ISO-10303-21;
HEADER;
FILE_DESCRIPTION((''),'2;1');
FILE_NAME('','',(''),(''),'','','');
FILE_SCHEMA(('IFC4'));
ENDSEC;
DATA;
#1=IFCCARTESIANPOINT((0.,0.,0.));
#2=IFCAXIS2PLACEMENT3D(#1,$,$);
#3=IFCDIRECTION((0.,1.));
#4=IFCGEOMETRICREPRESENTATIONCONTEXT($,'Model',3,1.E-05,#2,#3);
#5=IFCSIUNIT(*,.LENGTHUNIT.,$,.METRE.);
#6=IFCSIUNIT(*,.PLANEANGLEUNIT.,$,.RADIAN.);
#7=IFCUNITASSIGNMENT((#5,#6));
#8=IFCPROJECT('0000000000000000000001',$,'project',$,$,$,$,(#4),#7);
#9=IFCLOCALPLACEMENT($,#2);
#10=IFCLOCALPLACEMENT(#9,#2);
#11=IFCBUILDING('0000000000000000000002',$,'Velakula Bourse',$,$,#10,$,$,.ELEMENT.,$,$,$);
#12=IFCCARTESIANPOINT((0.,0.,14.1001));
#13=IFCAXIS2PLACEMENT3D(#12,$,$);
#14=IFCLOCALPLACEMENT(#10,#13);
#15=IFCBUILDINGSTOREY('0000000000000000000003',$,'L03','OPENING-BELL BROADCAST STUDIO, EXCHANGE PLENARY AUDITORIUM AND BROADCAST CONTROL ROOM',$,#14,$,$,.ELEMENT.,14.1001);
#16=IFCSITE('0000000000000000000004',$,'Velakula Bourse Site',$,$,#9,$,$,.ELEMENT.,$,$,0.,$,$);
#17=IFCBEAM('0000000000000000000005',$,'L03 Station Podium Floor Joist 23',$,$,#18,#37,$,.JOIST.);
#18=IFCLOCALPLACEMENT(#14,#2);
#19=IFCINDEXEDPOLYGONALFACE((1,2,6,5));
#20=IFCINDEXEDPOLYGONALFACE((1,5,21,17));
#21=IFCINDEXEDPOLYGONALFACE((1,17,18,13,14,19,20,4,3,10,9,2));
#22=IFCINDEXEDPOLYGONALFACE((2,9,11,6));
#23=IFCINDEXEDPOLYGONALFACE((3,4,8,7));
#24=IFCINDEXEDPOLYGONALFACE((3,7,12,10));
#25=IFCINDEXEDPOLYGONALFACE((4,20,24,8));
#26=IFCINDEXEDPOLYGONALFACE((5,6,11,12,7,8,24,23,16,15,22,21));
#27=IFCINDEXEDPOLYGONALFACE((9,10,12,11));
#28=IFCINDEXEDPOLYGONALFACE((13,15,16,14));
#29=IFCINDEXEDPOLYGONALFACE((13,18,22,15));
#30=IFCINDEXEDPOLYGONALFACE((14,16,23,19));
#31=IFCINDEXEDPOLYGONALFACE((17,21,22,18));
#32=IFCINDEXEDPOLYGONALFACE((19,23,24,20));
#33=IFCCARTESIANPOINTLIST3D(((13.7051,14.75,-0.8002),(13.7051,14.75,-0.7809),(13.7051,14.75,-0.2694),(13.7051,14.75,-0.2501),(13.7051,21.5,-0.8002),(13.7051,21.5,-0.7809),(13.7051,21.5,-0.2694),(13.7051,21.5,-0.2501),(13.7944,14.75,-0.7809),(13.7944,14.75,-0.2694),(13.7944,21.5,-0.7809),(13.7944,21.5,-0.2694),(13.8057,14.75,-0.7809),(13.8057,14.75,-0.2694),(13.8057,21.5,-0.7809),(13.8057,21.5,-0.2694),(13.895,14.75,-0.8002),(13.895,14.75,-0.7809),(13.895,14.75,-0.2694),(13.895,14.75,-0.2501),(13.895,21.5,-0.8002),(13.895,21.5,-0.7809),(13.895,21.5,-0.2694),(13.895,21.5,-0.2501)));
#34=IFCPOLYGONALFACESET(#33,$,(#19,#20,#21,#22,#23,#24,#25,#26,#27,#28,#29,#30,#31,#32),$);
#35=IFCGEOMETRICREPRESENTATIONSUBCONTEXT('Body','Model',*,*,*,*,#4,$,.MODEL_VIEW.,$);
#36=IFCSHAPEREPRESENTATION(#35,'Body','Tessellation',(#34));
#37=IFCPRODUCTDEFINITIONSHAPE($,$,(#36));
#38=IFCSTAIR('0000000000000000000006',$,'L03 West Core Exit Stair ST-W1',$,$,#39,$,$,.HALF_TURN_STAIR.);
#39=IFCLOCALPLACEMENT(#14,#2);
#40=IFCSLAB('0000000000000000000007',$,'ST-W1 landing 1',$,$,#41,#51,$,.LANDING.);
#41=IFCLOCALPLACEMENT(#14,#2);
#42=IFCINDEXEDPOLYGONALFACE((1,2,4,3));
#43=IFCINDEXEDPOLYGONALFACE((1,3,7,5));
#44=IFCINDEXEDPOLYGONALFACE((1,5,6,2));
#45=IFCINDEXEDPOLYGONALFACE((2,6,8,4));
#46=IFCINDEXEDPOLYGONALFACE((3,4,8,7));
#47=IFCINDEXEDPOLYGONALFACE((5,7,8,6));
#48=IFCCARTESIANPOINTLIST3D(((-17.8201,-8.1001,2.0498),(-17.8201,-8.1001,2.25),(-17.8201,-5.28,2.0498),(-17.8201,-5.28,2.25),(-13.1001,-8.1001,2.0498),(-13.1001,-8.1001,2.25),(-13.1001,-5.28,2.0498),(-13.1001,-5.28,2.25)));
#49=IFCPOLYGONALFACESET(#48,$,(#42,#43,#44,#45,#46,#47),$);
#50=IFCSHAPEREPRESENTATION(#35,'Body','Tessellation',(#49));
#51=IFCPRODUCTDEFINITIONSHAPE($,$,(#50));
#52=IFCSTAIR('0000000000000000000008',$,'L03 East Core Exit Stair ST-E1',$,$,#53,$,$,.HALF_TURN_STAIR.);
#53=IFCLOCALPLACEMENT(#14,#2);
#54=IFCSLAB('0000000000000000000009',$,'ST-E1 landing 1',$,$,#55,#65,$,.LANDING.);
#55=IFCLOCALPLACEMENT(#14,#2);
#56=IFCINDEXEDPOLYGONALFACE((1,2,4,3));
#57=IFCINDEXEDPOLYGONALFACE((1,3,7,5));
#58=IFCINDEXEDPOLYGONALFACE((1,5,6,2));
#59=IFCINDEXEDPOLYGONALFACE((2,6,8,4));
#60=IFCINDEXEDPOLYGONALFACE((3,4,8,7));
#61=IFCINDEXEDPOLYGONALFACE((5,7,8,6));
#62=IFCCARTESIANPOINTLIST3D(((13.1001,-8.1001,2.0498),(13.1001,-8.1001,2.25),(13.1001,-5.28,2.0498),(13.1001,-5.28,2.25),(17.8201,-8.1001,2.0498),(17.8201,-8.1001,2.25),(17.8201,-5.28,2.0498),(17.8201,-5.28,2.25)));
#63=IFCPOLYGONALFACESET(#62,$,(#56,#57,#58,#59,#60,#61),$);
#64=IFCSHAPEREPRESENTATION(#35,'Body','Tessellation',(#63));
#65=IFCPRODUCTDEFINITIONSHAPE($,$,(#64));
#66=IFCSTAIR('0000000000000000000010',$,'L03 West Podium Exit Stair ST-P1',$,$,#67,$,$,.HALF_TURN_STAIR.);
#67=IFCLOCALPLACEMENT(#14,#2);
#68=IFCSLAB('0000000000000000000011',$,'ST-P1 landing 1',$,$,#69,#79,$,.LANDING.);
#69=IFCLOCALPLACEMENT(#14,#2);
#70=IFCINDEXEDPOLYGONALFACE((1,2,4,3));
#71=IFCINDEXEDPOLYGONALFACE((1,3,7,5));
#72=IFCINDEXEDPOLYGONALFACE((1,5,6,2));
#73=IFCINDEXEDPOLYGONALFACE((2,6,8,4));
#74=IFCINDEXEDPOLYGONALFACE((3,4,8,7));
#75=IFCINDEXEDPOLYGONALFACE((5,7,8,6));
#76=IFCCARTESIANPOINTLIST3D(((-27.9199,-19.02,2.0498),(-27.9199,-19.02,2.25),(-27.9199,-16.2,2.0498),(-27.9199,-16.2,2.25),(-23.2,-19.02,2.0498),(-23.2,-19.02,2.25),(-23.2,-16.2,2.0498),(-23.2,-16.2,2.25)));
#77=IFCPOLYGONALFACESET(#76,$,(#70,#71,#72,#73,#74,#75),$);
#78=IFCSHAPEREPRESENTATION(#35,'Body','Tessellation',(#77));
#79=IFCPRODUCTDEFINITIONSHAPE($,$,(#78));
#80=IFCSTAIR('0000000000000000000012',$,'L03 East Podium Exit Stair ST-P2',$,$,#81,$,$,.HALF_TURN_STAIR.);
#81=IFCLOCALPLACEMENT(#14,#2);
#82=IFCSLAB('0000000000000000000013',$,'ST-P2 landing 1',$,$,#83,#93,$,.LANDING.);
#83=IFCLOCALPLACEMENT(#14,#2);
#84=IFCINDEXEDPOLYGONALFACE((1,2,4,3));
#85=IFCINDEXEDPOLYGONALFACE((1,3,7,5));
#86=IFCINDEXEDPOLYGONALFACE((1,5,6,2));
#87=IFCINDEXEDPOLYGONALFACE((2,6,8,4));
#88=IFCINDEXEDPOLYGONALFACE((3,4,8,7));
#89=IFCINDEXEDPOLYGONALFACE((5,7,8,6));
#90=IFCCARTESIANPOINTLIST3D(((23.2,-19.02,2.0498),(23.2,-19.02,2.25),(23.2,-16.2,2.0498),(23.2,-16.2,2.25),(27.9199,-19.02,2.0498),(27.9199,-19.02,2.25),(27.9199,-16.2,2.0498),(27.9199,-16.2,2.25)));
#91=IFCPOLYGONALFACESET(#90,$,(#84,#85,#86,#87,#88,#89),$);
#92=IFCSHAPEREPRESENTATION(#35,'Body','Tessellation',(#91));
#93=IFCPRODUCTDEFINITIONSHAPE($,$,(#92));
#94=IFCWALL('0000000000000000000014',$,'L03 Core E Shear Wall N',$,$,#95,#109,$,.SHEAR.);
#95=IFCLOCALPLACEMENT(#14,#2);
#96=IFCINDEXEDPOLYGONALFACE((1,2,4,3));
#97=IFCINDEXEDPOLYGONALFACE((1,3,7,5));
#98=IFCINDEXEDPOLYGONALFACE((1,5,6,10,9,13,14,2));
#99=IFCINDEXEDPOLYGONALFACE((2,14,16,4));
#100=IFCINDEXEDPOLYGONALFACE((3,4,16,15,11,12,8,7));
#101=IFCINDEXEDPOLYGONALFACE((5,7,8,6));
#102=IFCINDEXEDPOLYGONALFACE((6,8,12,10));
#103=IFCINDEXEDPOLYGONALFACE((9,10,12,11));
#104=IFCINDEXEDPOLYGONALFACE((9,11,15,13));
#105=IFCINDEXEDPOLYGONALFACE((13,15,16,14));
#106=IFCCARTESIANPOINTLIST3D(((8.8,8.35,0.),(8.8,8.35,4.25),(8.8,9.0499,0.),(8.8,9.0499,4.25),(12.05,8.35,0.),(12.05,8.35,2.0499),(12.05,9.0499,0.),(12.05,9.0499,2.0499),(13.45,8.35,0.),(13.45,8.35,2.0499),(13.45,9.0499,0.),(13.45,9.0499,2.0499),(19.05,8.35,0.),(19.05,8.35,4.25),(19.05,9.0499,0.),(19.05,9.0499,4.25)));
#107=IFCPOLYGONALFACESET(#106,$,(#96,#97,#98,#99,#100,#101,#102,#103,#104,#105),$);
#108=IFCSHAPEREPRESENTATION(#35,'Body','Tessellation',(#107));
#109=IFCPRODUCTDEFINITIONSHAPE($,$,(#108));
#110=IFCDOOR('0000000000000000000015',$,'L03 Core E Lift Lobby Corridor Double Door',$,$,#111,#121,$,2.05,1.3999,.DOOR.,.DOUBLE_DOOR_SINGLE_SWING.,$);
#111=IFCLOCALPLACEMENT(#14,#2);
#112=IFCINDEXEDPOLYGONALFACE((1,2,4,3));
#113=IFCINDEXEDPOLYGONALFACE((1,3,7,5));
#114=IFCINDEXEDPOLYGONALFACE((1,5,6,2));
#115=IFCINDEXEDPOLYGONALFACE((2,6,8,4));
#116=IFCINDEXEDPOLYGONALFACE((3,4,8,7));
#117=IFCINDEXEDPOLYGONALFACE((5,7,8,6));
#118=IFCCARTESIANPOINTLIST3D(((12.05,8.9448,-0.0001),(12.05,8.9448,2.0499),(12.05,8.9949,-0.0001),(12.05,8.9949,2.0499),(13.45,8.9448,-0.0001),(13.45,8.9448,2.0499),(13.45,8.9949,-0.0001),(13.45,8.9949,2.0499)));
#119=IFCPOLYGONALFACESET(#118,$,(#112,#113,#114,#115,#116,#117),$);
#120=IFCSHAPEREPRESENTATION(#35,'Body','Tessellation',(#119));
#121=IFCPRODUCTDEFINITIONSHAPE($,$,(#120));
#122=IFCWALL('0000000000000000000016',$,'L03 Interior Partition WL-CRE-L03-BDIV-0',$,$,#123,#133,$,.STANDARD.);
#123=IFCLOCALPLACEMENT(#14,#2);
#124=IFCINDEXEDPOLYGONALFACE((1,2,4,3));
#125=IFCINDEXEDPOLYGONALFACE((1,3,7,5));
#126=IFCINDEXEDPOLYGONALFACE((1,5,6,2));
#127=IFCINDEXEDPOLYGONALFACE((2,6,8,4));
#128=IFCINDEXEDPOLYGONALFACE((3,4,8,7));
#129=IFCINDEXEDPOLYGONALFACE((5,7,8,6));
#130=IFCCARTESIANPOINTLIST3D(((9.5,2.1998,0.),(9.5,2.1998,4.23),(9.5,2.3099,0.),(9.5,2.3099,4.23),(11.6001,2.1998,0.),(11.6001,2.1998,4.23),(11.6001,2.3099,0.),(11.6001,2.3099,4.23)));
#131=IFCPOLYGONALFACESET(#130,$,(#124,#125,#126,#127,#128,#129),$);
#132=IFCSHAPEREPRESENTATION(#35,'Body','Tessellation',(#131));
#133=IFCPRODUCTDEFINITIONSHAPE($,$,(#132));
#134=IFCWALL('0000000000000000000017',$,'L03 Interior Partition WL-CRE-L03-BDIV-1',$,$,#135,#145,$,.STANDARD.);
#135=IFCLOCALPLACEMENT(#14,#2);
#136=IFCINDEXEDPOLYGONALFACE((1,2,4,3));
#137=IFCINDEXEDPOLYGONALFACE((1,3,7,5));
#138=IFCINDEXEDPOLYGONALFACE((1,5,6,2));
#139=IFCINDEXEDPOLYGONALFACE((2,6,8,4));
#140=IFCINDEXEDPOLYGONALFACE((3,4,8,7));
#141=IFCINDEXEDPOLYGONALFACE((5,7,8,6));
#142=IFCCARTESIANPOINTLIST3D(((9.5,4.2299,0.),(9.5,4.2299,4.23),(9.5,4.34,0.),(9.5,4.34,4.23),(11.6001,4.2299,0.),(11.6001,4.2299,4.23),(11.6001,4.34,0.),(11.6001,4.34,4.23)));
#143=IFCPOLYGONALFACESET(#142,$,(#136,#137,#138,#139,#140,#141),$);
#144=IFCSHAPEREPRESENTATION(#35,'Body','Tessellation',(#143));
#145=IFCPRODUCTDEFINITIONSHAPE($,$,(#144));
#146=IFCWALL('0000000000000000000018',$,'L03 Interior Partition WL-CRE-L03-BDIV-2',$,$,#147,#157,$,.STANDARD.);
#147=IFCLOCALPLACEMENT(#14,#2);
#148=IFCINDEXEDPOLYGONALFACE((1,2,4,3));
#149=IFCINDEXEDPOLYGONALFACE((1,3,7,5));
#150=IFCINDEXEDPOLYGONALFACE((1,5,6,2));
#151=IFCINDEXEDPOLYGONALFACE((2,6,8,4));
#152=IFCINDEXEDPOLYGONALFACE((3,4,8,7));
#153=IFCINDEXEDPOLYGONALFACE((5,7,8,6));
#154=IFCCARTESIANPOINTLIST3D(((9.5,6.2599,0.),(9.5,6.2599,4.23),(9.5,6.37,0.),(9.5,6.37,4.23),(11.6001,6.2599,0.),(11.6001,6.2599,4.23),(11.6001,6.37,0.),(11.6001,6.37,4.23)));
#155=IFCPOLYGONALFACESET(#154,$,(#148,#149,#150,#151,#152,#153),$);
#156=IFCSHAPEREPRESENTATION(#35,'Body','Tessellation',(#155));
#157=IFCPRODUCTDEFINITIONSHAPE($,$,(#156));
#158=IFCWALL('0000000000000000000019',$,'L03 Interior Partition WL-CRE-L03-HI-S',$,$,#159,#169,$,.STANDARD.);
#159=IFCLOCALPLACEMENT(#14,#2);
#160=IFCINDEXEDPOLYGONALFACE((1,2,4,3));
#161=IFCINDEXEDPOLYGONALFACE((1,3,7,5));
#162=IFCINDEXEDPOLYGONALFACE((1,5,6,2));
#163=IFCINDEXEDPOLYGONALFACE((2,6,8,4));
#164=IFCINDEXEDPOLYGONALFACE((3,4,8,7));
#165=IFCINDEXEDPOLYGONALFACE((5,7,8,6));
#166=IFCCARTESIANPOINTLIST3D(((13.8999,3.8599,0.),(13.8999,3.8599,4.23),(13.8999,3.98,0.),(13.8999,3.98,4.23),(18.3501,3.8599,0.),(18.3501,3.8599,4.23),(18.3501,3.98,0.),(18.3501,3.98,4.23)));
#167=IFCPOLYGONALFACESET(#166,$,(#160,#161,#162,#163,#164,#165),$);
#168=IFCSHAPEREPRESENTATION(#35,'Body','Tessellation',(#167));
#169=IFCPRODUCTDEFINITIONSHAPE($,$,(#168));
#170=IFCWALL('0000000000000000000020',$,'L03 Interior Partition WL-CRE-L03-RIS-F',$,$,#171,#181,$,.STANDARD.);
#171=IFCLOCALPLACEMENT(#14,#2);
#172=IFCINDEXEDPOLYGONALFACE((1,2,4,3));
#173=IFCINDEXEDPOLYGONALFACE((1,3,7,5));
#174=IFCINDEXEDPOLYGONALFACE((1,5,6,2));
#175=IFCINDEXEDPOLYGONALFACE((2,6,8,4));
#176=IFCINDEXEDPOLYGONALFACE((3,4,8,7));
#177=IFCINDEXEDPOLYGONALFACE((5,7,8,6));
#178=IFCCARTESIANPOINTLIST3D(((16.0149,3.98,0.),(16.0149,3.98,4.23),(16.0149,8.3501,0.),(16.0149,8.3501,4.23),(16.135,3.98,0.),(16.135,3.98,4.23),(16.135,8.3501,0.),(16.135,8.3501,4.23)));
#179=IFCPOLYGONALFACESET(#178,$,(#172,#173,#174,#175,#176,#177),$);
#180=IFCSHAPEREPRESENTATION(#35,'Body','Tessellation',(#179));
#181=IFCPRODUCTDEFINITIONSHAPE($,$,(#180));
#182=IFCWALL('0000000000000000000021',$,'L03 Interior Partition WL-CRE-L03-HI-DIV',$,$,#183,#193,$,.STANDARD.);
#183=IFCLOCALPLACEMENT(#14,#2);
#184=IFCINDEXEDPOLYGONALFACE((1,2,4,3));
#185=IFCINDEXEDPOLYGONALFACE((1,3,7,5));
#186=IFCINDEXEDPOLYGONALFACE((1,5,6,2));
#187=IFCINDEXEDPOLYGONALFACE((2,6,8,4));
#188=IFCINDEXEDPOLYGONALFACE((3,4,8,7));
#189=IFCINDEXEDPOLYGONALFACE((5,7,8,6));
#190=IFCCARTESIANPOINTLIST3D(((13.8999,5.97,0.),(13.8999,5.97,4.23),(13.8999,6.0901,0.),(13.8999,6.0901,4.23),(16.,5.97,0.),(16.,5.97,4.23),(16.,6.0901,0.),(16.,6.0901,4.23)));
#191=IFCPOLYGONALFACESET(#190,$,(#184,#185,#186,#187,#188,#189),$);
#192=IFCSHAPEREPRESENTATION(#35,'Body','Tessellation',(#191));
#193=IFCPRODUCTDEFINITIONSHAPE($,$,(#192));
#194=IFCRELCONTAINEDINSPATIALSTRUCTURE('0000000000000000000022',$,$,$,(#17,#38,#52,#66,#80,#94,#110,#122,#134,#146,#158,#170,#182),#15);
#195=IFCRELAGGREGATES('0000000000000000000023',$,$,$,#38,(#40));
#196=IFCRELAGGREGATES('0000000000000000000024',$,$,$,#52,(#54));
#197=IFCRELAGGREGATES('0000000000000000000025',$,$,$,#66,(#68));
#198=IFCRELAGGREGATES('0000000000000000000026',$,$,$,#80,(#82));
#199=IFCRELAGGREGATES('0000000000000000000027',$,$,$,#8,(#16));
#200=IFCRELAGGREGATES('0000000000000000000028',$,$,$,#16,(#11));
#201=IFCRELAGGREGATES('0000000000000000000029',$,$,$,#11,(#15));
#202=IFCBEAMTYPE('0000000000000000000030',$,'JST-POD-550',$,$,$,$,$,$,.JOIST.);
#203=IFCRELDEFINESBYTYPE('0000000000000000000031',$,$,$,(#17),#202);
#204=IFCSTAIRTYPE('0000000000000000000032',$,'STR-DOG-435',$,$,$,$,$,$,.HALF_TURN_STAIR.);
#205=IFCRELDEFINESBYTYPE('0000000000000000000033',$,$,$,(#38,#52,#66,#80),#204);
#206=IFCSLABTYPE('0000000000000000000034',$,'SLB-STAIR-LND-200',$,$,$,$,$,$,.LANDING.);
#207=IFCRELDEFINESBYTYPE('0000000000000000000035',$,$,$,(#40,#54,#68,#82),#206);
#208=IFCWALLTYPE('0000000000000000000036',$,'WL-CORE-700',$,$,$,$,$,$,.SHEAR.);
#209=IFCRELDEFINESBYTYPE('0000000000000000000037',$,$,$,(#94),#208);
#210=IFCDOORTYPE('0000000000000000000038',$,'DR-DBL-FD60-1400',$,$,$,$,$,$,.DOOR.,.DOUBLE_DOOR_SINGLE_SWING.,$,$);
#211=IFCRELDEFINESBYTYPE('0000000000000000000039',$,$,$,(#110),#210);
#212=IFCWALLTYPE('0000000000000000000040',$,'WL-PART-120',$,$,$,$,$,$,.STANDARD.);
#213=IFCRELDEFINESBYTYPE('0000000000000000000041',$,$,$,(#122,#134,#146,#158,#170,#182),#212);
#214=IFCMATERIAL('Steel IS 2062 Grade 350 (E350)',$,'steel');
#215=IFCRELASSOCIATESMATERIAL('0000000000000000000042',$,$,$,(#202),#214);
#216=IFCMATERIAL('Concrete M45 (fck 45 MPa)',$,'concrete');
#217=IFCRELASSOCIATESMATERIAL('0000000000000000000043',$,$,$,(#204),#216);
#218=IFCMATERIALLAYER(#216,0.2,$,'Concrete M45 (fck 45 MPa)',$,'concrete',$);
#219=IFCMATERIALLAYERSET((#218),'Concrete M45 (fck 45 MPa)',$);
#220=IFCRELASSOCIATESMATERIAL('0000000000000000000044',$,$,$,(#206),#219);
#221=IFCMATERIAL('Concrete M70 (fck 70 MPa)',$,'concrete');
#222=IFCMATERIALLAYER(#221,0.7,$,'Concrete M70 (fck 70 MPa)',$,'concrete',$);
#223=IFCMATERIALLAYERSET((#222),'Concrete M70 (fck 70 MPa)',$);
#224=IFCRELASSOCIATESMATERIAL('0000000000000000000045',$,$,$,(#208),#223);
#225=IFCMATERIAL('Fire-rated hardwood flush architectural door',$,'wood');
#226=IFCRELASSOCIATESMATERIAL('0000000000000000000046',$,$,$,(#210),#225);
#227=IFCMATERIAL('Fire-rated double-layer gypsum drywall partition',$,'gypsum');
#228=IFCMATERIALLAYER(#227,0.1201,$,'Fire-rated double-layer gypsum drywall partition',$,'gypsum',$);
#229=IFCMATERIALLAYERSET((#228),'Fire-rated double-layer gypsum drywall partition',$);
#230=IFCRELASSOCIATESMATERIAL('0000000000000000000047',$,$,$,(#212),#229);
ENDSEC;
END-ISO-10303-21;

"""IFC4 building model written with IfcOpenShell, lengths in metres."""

from ifc_helpers import new_model, si_unit, direction, frame, frame_2d, origin, origin_2d, place, context, subcontext, project, spatial, polyline, rectangle, i_section, outline, extrude, material, layer, layer_set, material_profile, profile_set, type_object, element, fill, aggregate, save


model = new_model("IFC4")

# Units and contexts
model_context = context("Model", 3, precision=1e-05, world=origin(), true_north=direction((0.0, 1.0)))
body_context = subcontext(model_context, "Body", "Model", "MODEL_VIEW")
ifc_project = project(units=[si_unit("LENGTHUNIT", "METRE"), si_unit("PLANEANGLEUNIT", "RADIAN")], contexts=[model_context])

# Site, building, storey
site_placement = place(None, origin())
site = spatial("IfcSite", under=ifc_project, at=site_placement, Name="Velakula Bourse Site", CompositionType="ELEMENT", RefElevation=0.0)
building_placement = place(site_placement, origin())
building = spatial("IfcBuilding", under=site, at=building_placement, Name="Velakula Bourse", CompositionType="ELEMENT")
storey_placement = place(building_placement, frame((0.0, 0.0, 14.1001)))
storey = spatial("IfcBuildingStorey", under=building, at=storey_placement, Name="L03", Description="OPENING-BELL BROADCAST STUDIO, EXCHANGE PLENARY AUDITORIUM AND BROADCAST CONTROL ROOM", CompositionType="ELEMENT", Elevation=14.1001)

# Shared definitions
ifc_material_1 = material(Name="Concrete M70 (fck 70 MPa)", Category="concrete")

# Beam
ifc_material_2 = material(Name="Steel IS 2062 Grade 350 (E350)", Category="steel")
ifc_material_profile_1 = material_profile(ifc_material_2, i_section(OverallWidth=0.1899, OverallDepth=0.55, WebThickness=0.0112, FlangeThickness=0.0193, at=origin_2d()), Name="Steel IS 2062 Grade 350 (E350)")
ifc_profile_set_1 = profile_set([ifc_material_profile_1], Name="Steel IS 2062 Grade 350 (E350)")
beam_type_1 = type_object("IfcBeamType", Name="JST-POD-550", PredefinedType="JOIST", material=ifc_profile_set_1)
for number, where, z_axis, x_axis, name in (
    (1, (13.8, 14.75, -0.5251), (0.0, 1.0, 0.0), (-1.0, 0.0, 0.0), "L03 Station Podium Floor Joist 23"),
):
    element("IfcBeam", number, at=place(storey_placement, frame(where, z_axis=z_axis, x_axis=x_axis)), inside=storey, type_object=beam_type_1, Name=name, PredefinedType="JOIST", context=body_context, shape_type="SweptSolid", body=[
        extrude(i_section(OverallWidth=0.1899, OverallDepth=0.55, WebThickness=0.0112, FlangeThickness=0.0193, at=origin_2d()), origin(), (0.0, 0.0, 1.0), 6.75),
    ])

# Stairs, slabs
ifc_material_3 = material(Name="Concrete M45 (fck 45 MPa)", Category="concrete")
stair_type = type_object("IfcStairType", Name="STR-DOG-435", PredefinedType="HALF_TURN_STAIR", material=ifc_material_3)
stair_1_placement = place(storey_placement, origin())
stair_1 = element("IfcStair", 2, at=stair_1_placement, inside=storey, type_object=stair_type, Name="L03 West Core Exit Stair ST-W1", PredefinedType="HALF_TURN_STAIR")
ifc_layer_1 = layer(ifc_material_3, 0.2, Name="Concrete M45 (fck 45 MPa)", Category="concrete")
ifc_layer_set_1 = layer_set([ifc_layer_1], Name="Concrete M45 (fck 45 MPa)")
slab_type = type_object("IfcSlabType", Name="SLB-STAIR-LND-200", PredefinedType="LANDING", material=ifc_layer_set_1)
slab_1_placement = place(storey_placement, frame((0.0, 0.0, 2.0498)))
slab_1 = element("IfcSlab", 3, at=slab_1_placement, type_object=slab_type, Name="ST-W1 landing 1", PredefinedType="LANDING", context=body_context, shape_type="SweptSolid", body=[
    extrude(outline(polyline([(-17.8201, -5.28), (-17.8201, -8.1001), (-13.1001, -8.1001), (-13.1001, -5.28), (-17.8201, -5.28)])), origin(), (0.0, 0.0, 1.0), 0.2002),
])
aggregate(stair_1, [slab_1])
stair_2_placement = place(storey_placement, origin())
stair_2 = element("IfcStair", 4, at=stair_2_placement, inside=storey, type_object=stair_type, Name="L03 East Core Exit Stair ST-E1", PredefinedType="HALF_TURN_STAIR")
slab_2_placement = place(storey_placement, frame((0.0, 0.0, 2.0498)))
slab_2 = element("IfcSlab", 5, at=slab_2_placement, type_object=slab_type, Name="ST-E1 landing 1", PredefinedType="LANDING", context=body_context, shape_type="SweptSolid", body=[
    extrude(outline(polyline([(13.1001, -5.28), (13.1001, -8.1001), (17.8201, -8.1001), (17.8201, -5.28), (13.1001, -5.28)])), origin(), (0.0, 0.0, 1.0), 0.2002),
])
aggregate(stair_2, [slab_2])
stair_3_placement = place(storey_placement, origin())
stair_3 = element("IfcStair", 6, at=stair_3_placement, inside=storey, type_object=stair_type, Name="L03 West Podium Exit Stair ST-P1", PredefinedType="HALF_TURN_STAIR")
slab_3_placement = place(storey_placement, frame((0.0, 0.0, 2.0498)))
slab_3 = element("IfcSlab", 7, at=slab_3_placement, type_object=slab_type, Name="ST-P1 landing 1", PredefinedType="LANDING", context=body_context, shape_type="SweptSolid", body=[
    extrude(outline(polyline([(-23.2, -19.02), (-23.2, -16.2), (-27.9199, -16.2), (-27.9199, -19.02), (-23.2, -19.02)])), origin(), (0.0, 0.0, 1.0), 0.2002),
])
aggregate(stair_3, [slab_3])
stair_4_placement = place(storey_placement, origin())
stair_4 = element("IfcStair", 8, at=stair_4_placement, inside=storey, type_object=stair_type, Name="L03 East Podium Exit Stair ST-P2", PredefinedType="HALF_TURN_STAIR")
slab_4_placement = place(storey_placement, frame((0.0, 0.0, 2.0498)))
slab_4 = element("IfcSlab", 9, at=slab_4_placement, type_object=slab_type, Name="ST-P2 landing 1", PredefinedType="LANDING", context=body_context, shape_type="SweptSolid", body=[
    extrude(outline(polyline([(27.9199, -19.02), (27.9199, -16.2), (23.2, -16.2), (23.2, -19.02), (27.9199, -19.02)])), origin(), (0.0, 0.0, 1.0), 0.2002),
])
aggregate(stair_4, [slab_4])

# Wall, opening, door
ifc_layer_2 = layer(ifc_material_1, 0.7, Name="Concrete M70 (fck 70 MPa)", Category="concrete")
ifc_layer_set_2 = layer_set([ifc_layer_2], Name="Concrete M70 (fck 70 MPa)")
wall_type_1 = type_object("IfcWallType", Name="WL-CORE-700", PredefinedType="SHEAR", material=ifc_layer_set_2)
wall_1_placement = place(storey_placement, frame((8.8, 8.7, 0.0), z_axis=(0.0, 0.0, 1.0), x_axis=(1.0, 0.0, 0.0)))
wall_1 = element("IfcWall", 10, at=wall_1_placement, inside=storey, type_object=wall_type_1, Name="L03 Core E Shear Wall N", PredefinedType="SHEAR", context=body_context, shape_type="SweptSolid", body=[
    extrude(rectangle(XDim=10.25, YDim=0.7, at=frame_2d((5.125, 0.0))), origin(), (0.0, 0.0, 1.0), 4.25),
])
opening_1_placement = place(wall_1_placement, frame((3.25, 0.0, 0.0)))
opening_1 = element("IfcOpeningElement", 11, at=opening_1_placement, cuts=wall_1, PredefinedType="OPENING", context=body_context, shape_type="SweptSolid", body=[
    extrude(rectangle(XDim=1.3999, YDim=2.05, at=frame_2d((0.7, 1.0249))), frame((0.0, 0.3599, 0.0), z_axis=(0.0, -1.0, 0.0), x_axis=(1.0, 0.0, 0.0)), (0.0, 0.0, 1.0), 0.72),
])
ifc_material_4 = material(Name="Fire-rated hardwood flush architectural door", Category="wood")
door_type_1 = type_object("IfcDoorType", Name="DR-DBL-FD60-1400", OperationType="DOUBLE_DOOR_SINGLE_SWING", PredefinedType="DOOR", material=ifc_material_4)
door_1_placement = place(opening_1_placement, origin())
door_1 = element("IfcDoor", 12, at=door_1_placement, inside=storey, type_object=door_type_1, Name="L03 Core E Lift Lobby Corridor Double Door", OperationType="DOUBLE_DOOR_SINGLE_SWING", OverallHeight=2.05, OverallWidth=1.3999, PredefinedType="DOOR", context=body_context, shape_type="SweptSolid", body=[
    extrude(rectangle(XDim=1.3999, YDim=2.05, at=frame_2d((0.7, 1.0249))), frame((0.0, 0.2949, 0.0), z_axis=(0.0, -1.0, 0.0), x_axis=(1.0, 0.0, 0.0)), (0.0, 0.0, 1.0), 0.05),
])
fill(opening_1, door_1)

# Walls
ifc_material_5 = material(Name="Fire-rated double-layer gypsum drywall partition", Category="gypsum")
ifc_layer_3 = layer(ifc_material_5, 0.1201, Name="Fire-rated double-layer gypsum drywall partition", Category="gypsum")
ifc_layer_set_3 = layer_set([ifc_layer_3], Name="Fire-rated double-layer gypsum drywall partition")
wall_type_2 = type_object("IfcWallType", Name="WL-PART-120", PredefinedType="STANDARD", material=ifc_layer_set_3)
for number, where, z_axis, x_axis, name in (
    (13, (9.5, 2.2549, 0.0), (0.0, 0.0, 1.0), (1.0, 0.0, 0.0), "L03 Interior Partition WL-CRE-L03-BDIV-0"),
    (14, (9.5, 4.2849, 0.0), (0.0, 0.0, 1.0), (1.0, 0.0, 0.0), "L03 Interior Partition WL-CRE-L03-BDIV-1"),
    (15, (9.5, 6.3149, 0.0), (0.0, 0.0, 1.0), (1.0, 0.0, 0.0), "L03 Interior Partition WL-CRE-L03-BDIV-2"),
):
    element("IfcWall", number, at=place(storey_placement, frame(where, z_axis=z_axis, x_axis=x_axis)), inside=storey, type_object=wall_type_2, Name=name, PredefinedType="STANDARD", context=body_context, shape_type="SweptSolid", body=[
        extrude(rectangle(XDim=2.1001, YDim=0.1101, at=frame_2d((1.05, 0.0))), origin(), (0.0, 0.0, 1.0), 4.23),
    ])
wall_2_placement = place(storey_placement, frame((13.8999, 3.9199, 0.0), z_axis=(0.0, 0.0, 1.0), x_axis=(1.0, 0.0, 0.0)))
element("IfcWall", 16, at=wall_2_placement, inside=storey, type_object=wall_type_2, Name="L03 Interior Partition WL-CRE-L03-HI-S", PredefinedType="STANDARD", context=body_context, shape_type="SweptSolid", body=[
    extrude(rectangle(XDim=4.4502, YDim=0.1201, at=frame_2d((2.2251, 0.0))), origin(), (0.0, 0.0, 1.0), 4.23),
])
wall_3_placement = place(storey_placement, frame((16.075, 3.98, 0.0), z_axis=(0.0, 0.0, 1.0), x_axis=(0.0, 1.0, 0.0)))
element("IfcWall", 17, at=wall_3_placement, inside=storey, type_object=wall_type_2, Name="L03 Interior Partition WL-CRE-L03-RIS-F", PredefinedType="STANDARD", context=body_context, shape_type="SweptSolid", body=[
    extrude(rectangle(XDim=4.3701, YDim=0.1201, at=frame_2d((2.1851, 0.0))), origin(), (0.0, 0.0, 1.0), 4.23),
])
wall_4_placement = place(storey_placement, frame((13.8999, 6.03, 0.0), z_axis=(0.0, 0.0, 1.0), x_axis=(1.0, 0.0, 0.0)))
element("IfcWall", 18, at=wall_4_placement, inside=storey, type_object=wall_type_2, Name="L03 Interior Partition WL-CRE-L03-HI-DIV", PredefinedType="STANDARD", context=body_context, shape_type="SweptSolid", body=[
    extrude(rectangle(XDim=2.1001, YDim=0.1201, at=frame_2d((1.05, 0.0))), origin(), (0.0, 0.0, 1.0), 4.23),
])

save(model, "model.ifc")
